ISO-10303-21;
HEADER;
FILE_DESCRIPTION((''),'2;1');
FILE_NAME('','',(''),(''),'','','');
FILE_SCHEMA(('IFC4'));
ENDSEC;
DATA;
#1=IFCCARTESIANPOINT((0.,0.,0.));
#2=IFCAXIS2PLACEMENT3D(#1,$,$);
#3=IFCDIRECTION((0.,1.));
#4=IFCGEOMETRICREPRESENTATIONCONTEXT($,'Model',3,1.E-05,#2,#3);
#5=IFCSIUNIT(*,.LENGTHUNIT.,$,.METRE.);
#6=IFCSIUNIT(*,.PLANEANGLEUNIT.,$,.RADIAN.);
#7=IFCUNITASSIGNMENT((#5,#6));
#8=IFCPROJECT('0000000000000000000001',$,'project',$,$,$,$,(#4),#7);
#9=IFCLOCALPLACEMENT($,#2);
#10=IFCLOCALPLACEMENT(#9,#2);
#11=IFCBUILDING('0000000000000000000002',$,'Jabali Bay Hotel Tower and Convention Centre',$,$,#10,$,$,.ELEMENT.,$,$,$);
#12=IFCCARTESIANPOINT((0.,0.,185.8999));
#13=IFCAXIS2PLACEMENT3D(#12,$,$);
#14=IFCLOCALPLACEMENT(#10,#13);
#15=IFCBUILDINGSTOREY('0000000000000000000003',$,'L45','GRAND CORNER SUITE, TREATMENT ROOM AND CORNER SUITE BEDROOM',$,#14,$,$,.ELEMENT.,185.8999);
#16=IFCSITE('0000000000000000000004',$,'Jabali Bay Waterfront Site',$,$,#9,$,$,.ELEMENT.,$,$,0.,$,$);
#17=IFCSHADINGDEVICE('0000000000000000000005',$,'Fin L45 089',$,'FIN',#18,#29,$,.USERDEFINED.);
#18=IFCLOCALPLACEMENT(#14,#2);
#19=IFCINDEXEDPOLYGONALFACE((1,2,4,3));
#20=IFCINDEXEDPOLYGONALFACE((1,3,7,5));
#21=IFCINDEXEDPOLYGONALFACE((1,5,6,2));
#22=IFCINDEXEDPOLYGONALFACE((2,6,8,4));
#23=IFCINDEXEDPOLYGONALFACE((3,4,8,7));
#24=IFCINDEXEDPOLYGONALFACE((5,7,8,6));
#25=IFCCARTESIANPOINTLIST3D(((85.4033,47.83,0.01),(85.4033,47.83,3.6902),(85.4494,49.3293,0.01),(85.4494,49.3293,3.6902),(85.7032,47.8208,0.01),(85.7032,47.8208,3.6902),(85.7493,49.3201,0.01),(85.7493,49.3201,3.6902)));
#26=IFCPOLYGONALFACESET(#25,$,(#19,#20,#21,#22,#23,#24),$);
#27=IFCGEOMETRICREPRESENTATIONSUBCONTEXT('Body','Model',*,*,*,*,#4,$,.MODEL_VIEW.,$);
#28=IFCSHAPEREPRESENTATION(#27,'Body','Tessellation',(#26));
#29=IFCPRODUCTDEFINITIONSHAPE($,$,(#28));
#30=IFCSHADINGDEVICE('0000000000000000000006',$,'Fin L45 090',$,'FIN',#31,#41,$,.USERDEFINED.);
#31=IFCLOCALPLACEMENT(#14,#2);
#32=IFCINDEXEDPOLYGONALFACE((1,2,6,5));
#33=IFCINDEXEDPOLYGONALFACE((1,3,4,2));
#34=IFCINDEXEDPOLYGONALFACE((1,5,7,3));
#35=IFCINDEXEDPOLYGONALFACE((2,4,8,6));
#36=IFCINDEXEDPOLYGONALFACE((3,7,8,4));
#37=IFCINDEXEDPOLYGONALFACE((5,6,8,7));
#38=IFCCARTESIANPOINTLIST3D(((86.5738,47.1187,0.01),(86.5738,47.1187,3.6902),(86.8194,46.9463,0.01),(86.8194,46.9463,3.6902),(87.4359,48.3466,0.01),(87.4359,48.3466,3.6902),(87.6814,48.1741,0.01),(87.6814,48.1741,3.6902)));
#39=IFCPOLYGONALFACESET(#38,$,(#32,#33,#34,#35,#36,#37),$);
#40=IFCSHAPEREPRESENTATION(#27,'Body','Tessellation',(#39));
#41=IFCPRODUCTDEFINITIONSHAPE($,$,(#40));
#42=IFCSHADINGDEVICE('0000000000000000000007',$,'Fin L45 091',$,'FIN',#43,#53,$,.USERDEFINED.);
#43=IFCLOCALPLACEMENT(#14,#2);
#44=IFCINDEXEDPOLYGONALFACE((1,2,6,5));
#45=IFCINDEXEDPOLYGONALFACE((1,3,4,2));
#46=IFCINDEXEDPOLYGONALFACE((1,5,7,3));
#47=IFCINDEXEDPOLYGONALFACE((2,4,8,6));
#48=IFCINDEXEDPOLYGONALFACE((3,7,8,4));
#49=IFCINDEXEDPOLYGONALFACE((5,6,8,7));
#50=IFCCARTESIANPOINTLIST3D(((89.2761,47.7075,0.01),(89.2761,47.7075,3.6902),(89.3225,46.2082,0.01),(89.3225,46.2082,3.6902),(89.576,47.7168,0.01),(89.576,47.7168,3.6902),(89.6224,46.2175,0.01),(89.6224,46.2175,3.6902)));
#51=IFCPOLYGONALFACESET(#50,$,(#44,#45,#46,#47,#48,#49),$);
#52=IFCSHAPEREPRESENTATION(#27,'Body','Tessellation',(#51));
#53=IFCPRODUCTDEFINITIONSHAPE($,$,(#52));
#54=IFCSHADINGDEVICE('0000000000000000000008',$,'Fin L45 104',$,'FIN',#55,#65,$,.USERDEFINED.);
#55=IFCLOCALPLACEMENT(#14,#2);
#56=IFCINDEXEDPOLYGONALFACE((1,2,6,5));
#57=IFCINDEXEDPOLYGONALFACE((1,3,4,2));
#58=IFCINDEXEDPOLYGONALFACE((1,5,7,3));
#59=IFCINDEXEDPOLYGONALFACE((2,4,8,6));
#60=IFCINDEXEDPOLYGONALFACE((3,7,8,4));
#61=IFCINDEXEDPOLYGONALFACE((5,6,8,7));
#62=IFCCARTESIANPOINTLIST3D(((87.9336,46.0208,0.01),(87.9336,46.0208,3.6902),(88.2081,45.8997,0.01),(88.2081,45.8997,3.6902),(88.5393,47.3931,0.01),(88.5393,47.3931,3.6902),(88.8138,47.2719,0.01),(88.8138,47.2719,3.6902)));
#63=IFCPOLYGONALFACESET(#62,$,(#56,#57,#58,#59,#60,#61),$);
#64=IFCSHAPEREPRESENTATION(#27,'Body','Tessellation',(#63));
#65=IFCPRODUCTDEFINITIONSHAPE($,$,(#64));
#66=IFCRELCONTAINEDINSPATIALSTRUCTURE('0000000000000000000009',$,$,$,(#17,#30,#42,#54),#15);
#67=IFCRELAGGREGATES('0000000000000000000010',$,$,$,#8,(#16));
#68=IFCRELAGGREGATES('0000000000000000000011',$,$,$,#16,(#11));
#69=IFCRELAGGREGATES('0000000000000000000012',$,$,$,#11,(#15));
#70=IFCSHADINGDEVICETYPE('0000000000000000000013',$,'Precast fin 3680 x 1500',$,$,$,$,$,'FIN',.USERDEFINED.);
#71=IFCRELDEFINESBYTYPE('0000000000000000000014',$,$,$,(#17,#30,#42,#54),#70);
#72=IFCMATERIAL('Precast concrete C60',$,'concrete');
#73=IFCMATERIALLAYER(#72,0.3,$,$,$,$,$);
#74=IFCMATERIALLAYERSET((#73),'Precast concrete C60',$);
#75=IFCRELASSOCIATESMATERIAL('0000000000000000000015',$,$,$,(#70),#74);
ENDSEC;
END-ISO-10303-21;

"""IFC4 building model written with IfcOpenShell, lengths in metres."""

from ifc_helpers import new_model, si_unit, direction, frame, frame_2d, origin, place, context, subcontext, project, spatial, rectangle, extrude, material, layer, layer_set, type_object, element, save


model = new_model("IFC4")

# Units and contexts
model_context = context("Model", 3, precision=1e-05, world=origin(), true_north=direction((0.0, 1.0)))
body_context = subcontext(model_context, "Body", "Model", "MODEL_VIEW")
ifc_project = project(units=[si_unit("LENGTHUNIT", "METRE"), si_unit("PLANEANGLEUNIT", "RADIAN")], contexts=[model_context])

# Site, building, storey
site_placement = place(None, origin())
site = spatial("IfcSite", under=ifc_project, at=site_placement, Name="Jabali Bay Waterfront Site", CompositionType="ELEMENT", RefElevation=0.0)
building_placement = place(site_placement, origin())
building = spatial("IfcBuilding", under=site, at=building_placement, Name="Jabali Bay Hotel Tower and Convention Centre", CompositionType="ELEMENT")
storey_placement = place(building_placement, frame((0.0, 0.0, 185.8999)))
storey = spatial("IfcBuildingStorey", under=building, at=storey_placement, Name="L45", Description="GRAND CORNER SUITE, TREATMENT ROOM AND CORNER SUITE BEDROOM", CompositionType="ELEMENT", Elevation=185.8999)

# Shading devices
ifc_material_1 = material(Name="Precast concrete C60", Category="concrete")
ifc_layer_1 = layer(ifc_material_1, 0.3)
ifc_layer_set_1 = layer_set([ifc_layer_1], Name="Precast concrete C60")
shading_device_type = type_object("IfcShadingDeviceType", Name="Precast fin 3680 x 1500", ElementType="FIN", PredefinedType="USERDEFINED", material=ifc_layer_set_1)
for number, where, z_axis, x_axis, name in (
    (1, (85.5994, 49.3247, 0.01), (0.0, 0.0, 1.0), (-0.030762, -0.999527, 0.0), "Fin L45 089"),
):
    element("IfcShadingDevice", number, at=place(storey_placement, frame(where, z_axis=z_axis, x_axis=x_axis)), inside=storey, type_object=shading_device_type, Name=name, ObjectType="FIN", PredefinedType="USERDEFINED", context=body_context, shape_type="SweptSolid", body=[
        extrude(rectangle(XDim=1.5, YDim=0.3, at=frame_2d((0.75, 0.0))), origin(), (0.0, 0.0, 1.0), 3.6802),
    ])
shading_device_placement = place(storey_placement, frame((87.5586, 48.2603, 0.01), z_axis=(0.0, 0.0, 1.0), x_axis=(-0.57463, -0.818413, 0.0)))
element("IfcShadingDevice", 2, at=shading_device_placement, inside=storey, type_object=shading_device_type, Name="Fin L45 090", ObjectType="FIN", PredefinedType="USERDEFINED", context=body_context, shape_type="SweptSolid", body=[
    extrude(rectangle(XDim=1.5002, YDim=0.3, at=frame_2d((0.75, 0.0))), origin(), (0.0, 0.0, 1.0), 3.6802),
])
for number, where, z_axis, x_axis, name in (
    (3, (89.426, 47.7122, 0.01), (0.0, 0.0, 1.0), (0.030925, -0.999522, 0.0), "Fin L45 091"),
    (4, (88.6765, 47.3325, 0.01), (0.0, 0.0, 1.0), (-0.403796, -0.914849, 0.0), "Fin L45 104"),
):
    element("IfcShadingDevice", number, at=place(storey_placement, frame(where, z_axis=z_axis, x_axis=x_axis)), inside=storey, type_object=shading_device_type, Name=name, ObjectType="FIN", PredefinedType="USERDEFINED", context=body_context, shape_type="SweptSolid", body=[
        extrude(rectangle(XDim=1.5, YDim=0.3, at=frame_2d((0.75, 0.0))), origin(), (0.0, 0.0, 1.0), 3.6802),
    ])

save(model, "model.ifc")
